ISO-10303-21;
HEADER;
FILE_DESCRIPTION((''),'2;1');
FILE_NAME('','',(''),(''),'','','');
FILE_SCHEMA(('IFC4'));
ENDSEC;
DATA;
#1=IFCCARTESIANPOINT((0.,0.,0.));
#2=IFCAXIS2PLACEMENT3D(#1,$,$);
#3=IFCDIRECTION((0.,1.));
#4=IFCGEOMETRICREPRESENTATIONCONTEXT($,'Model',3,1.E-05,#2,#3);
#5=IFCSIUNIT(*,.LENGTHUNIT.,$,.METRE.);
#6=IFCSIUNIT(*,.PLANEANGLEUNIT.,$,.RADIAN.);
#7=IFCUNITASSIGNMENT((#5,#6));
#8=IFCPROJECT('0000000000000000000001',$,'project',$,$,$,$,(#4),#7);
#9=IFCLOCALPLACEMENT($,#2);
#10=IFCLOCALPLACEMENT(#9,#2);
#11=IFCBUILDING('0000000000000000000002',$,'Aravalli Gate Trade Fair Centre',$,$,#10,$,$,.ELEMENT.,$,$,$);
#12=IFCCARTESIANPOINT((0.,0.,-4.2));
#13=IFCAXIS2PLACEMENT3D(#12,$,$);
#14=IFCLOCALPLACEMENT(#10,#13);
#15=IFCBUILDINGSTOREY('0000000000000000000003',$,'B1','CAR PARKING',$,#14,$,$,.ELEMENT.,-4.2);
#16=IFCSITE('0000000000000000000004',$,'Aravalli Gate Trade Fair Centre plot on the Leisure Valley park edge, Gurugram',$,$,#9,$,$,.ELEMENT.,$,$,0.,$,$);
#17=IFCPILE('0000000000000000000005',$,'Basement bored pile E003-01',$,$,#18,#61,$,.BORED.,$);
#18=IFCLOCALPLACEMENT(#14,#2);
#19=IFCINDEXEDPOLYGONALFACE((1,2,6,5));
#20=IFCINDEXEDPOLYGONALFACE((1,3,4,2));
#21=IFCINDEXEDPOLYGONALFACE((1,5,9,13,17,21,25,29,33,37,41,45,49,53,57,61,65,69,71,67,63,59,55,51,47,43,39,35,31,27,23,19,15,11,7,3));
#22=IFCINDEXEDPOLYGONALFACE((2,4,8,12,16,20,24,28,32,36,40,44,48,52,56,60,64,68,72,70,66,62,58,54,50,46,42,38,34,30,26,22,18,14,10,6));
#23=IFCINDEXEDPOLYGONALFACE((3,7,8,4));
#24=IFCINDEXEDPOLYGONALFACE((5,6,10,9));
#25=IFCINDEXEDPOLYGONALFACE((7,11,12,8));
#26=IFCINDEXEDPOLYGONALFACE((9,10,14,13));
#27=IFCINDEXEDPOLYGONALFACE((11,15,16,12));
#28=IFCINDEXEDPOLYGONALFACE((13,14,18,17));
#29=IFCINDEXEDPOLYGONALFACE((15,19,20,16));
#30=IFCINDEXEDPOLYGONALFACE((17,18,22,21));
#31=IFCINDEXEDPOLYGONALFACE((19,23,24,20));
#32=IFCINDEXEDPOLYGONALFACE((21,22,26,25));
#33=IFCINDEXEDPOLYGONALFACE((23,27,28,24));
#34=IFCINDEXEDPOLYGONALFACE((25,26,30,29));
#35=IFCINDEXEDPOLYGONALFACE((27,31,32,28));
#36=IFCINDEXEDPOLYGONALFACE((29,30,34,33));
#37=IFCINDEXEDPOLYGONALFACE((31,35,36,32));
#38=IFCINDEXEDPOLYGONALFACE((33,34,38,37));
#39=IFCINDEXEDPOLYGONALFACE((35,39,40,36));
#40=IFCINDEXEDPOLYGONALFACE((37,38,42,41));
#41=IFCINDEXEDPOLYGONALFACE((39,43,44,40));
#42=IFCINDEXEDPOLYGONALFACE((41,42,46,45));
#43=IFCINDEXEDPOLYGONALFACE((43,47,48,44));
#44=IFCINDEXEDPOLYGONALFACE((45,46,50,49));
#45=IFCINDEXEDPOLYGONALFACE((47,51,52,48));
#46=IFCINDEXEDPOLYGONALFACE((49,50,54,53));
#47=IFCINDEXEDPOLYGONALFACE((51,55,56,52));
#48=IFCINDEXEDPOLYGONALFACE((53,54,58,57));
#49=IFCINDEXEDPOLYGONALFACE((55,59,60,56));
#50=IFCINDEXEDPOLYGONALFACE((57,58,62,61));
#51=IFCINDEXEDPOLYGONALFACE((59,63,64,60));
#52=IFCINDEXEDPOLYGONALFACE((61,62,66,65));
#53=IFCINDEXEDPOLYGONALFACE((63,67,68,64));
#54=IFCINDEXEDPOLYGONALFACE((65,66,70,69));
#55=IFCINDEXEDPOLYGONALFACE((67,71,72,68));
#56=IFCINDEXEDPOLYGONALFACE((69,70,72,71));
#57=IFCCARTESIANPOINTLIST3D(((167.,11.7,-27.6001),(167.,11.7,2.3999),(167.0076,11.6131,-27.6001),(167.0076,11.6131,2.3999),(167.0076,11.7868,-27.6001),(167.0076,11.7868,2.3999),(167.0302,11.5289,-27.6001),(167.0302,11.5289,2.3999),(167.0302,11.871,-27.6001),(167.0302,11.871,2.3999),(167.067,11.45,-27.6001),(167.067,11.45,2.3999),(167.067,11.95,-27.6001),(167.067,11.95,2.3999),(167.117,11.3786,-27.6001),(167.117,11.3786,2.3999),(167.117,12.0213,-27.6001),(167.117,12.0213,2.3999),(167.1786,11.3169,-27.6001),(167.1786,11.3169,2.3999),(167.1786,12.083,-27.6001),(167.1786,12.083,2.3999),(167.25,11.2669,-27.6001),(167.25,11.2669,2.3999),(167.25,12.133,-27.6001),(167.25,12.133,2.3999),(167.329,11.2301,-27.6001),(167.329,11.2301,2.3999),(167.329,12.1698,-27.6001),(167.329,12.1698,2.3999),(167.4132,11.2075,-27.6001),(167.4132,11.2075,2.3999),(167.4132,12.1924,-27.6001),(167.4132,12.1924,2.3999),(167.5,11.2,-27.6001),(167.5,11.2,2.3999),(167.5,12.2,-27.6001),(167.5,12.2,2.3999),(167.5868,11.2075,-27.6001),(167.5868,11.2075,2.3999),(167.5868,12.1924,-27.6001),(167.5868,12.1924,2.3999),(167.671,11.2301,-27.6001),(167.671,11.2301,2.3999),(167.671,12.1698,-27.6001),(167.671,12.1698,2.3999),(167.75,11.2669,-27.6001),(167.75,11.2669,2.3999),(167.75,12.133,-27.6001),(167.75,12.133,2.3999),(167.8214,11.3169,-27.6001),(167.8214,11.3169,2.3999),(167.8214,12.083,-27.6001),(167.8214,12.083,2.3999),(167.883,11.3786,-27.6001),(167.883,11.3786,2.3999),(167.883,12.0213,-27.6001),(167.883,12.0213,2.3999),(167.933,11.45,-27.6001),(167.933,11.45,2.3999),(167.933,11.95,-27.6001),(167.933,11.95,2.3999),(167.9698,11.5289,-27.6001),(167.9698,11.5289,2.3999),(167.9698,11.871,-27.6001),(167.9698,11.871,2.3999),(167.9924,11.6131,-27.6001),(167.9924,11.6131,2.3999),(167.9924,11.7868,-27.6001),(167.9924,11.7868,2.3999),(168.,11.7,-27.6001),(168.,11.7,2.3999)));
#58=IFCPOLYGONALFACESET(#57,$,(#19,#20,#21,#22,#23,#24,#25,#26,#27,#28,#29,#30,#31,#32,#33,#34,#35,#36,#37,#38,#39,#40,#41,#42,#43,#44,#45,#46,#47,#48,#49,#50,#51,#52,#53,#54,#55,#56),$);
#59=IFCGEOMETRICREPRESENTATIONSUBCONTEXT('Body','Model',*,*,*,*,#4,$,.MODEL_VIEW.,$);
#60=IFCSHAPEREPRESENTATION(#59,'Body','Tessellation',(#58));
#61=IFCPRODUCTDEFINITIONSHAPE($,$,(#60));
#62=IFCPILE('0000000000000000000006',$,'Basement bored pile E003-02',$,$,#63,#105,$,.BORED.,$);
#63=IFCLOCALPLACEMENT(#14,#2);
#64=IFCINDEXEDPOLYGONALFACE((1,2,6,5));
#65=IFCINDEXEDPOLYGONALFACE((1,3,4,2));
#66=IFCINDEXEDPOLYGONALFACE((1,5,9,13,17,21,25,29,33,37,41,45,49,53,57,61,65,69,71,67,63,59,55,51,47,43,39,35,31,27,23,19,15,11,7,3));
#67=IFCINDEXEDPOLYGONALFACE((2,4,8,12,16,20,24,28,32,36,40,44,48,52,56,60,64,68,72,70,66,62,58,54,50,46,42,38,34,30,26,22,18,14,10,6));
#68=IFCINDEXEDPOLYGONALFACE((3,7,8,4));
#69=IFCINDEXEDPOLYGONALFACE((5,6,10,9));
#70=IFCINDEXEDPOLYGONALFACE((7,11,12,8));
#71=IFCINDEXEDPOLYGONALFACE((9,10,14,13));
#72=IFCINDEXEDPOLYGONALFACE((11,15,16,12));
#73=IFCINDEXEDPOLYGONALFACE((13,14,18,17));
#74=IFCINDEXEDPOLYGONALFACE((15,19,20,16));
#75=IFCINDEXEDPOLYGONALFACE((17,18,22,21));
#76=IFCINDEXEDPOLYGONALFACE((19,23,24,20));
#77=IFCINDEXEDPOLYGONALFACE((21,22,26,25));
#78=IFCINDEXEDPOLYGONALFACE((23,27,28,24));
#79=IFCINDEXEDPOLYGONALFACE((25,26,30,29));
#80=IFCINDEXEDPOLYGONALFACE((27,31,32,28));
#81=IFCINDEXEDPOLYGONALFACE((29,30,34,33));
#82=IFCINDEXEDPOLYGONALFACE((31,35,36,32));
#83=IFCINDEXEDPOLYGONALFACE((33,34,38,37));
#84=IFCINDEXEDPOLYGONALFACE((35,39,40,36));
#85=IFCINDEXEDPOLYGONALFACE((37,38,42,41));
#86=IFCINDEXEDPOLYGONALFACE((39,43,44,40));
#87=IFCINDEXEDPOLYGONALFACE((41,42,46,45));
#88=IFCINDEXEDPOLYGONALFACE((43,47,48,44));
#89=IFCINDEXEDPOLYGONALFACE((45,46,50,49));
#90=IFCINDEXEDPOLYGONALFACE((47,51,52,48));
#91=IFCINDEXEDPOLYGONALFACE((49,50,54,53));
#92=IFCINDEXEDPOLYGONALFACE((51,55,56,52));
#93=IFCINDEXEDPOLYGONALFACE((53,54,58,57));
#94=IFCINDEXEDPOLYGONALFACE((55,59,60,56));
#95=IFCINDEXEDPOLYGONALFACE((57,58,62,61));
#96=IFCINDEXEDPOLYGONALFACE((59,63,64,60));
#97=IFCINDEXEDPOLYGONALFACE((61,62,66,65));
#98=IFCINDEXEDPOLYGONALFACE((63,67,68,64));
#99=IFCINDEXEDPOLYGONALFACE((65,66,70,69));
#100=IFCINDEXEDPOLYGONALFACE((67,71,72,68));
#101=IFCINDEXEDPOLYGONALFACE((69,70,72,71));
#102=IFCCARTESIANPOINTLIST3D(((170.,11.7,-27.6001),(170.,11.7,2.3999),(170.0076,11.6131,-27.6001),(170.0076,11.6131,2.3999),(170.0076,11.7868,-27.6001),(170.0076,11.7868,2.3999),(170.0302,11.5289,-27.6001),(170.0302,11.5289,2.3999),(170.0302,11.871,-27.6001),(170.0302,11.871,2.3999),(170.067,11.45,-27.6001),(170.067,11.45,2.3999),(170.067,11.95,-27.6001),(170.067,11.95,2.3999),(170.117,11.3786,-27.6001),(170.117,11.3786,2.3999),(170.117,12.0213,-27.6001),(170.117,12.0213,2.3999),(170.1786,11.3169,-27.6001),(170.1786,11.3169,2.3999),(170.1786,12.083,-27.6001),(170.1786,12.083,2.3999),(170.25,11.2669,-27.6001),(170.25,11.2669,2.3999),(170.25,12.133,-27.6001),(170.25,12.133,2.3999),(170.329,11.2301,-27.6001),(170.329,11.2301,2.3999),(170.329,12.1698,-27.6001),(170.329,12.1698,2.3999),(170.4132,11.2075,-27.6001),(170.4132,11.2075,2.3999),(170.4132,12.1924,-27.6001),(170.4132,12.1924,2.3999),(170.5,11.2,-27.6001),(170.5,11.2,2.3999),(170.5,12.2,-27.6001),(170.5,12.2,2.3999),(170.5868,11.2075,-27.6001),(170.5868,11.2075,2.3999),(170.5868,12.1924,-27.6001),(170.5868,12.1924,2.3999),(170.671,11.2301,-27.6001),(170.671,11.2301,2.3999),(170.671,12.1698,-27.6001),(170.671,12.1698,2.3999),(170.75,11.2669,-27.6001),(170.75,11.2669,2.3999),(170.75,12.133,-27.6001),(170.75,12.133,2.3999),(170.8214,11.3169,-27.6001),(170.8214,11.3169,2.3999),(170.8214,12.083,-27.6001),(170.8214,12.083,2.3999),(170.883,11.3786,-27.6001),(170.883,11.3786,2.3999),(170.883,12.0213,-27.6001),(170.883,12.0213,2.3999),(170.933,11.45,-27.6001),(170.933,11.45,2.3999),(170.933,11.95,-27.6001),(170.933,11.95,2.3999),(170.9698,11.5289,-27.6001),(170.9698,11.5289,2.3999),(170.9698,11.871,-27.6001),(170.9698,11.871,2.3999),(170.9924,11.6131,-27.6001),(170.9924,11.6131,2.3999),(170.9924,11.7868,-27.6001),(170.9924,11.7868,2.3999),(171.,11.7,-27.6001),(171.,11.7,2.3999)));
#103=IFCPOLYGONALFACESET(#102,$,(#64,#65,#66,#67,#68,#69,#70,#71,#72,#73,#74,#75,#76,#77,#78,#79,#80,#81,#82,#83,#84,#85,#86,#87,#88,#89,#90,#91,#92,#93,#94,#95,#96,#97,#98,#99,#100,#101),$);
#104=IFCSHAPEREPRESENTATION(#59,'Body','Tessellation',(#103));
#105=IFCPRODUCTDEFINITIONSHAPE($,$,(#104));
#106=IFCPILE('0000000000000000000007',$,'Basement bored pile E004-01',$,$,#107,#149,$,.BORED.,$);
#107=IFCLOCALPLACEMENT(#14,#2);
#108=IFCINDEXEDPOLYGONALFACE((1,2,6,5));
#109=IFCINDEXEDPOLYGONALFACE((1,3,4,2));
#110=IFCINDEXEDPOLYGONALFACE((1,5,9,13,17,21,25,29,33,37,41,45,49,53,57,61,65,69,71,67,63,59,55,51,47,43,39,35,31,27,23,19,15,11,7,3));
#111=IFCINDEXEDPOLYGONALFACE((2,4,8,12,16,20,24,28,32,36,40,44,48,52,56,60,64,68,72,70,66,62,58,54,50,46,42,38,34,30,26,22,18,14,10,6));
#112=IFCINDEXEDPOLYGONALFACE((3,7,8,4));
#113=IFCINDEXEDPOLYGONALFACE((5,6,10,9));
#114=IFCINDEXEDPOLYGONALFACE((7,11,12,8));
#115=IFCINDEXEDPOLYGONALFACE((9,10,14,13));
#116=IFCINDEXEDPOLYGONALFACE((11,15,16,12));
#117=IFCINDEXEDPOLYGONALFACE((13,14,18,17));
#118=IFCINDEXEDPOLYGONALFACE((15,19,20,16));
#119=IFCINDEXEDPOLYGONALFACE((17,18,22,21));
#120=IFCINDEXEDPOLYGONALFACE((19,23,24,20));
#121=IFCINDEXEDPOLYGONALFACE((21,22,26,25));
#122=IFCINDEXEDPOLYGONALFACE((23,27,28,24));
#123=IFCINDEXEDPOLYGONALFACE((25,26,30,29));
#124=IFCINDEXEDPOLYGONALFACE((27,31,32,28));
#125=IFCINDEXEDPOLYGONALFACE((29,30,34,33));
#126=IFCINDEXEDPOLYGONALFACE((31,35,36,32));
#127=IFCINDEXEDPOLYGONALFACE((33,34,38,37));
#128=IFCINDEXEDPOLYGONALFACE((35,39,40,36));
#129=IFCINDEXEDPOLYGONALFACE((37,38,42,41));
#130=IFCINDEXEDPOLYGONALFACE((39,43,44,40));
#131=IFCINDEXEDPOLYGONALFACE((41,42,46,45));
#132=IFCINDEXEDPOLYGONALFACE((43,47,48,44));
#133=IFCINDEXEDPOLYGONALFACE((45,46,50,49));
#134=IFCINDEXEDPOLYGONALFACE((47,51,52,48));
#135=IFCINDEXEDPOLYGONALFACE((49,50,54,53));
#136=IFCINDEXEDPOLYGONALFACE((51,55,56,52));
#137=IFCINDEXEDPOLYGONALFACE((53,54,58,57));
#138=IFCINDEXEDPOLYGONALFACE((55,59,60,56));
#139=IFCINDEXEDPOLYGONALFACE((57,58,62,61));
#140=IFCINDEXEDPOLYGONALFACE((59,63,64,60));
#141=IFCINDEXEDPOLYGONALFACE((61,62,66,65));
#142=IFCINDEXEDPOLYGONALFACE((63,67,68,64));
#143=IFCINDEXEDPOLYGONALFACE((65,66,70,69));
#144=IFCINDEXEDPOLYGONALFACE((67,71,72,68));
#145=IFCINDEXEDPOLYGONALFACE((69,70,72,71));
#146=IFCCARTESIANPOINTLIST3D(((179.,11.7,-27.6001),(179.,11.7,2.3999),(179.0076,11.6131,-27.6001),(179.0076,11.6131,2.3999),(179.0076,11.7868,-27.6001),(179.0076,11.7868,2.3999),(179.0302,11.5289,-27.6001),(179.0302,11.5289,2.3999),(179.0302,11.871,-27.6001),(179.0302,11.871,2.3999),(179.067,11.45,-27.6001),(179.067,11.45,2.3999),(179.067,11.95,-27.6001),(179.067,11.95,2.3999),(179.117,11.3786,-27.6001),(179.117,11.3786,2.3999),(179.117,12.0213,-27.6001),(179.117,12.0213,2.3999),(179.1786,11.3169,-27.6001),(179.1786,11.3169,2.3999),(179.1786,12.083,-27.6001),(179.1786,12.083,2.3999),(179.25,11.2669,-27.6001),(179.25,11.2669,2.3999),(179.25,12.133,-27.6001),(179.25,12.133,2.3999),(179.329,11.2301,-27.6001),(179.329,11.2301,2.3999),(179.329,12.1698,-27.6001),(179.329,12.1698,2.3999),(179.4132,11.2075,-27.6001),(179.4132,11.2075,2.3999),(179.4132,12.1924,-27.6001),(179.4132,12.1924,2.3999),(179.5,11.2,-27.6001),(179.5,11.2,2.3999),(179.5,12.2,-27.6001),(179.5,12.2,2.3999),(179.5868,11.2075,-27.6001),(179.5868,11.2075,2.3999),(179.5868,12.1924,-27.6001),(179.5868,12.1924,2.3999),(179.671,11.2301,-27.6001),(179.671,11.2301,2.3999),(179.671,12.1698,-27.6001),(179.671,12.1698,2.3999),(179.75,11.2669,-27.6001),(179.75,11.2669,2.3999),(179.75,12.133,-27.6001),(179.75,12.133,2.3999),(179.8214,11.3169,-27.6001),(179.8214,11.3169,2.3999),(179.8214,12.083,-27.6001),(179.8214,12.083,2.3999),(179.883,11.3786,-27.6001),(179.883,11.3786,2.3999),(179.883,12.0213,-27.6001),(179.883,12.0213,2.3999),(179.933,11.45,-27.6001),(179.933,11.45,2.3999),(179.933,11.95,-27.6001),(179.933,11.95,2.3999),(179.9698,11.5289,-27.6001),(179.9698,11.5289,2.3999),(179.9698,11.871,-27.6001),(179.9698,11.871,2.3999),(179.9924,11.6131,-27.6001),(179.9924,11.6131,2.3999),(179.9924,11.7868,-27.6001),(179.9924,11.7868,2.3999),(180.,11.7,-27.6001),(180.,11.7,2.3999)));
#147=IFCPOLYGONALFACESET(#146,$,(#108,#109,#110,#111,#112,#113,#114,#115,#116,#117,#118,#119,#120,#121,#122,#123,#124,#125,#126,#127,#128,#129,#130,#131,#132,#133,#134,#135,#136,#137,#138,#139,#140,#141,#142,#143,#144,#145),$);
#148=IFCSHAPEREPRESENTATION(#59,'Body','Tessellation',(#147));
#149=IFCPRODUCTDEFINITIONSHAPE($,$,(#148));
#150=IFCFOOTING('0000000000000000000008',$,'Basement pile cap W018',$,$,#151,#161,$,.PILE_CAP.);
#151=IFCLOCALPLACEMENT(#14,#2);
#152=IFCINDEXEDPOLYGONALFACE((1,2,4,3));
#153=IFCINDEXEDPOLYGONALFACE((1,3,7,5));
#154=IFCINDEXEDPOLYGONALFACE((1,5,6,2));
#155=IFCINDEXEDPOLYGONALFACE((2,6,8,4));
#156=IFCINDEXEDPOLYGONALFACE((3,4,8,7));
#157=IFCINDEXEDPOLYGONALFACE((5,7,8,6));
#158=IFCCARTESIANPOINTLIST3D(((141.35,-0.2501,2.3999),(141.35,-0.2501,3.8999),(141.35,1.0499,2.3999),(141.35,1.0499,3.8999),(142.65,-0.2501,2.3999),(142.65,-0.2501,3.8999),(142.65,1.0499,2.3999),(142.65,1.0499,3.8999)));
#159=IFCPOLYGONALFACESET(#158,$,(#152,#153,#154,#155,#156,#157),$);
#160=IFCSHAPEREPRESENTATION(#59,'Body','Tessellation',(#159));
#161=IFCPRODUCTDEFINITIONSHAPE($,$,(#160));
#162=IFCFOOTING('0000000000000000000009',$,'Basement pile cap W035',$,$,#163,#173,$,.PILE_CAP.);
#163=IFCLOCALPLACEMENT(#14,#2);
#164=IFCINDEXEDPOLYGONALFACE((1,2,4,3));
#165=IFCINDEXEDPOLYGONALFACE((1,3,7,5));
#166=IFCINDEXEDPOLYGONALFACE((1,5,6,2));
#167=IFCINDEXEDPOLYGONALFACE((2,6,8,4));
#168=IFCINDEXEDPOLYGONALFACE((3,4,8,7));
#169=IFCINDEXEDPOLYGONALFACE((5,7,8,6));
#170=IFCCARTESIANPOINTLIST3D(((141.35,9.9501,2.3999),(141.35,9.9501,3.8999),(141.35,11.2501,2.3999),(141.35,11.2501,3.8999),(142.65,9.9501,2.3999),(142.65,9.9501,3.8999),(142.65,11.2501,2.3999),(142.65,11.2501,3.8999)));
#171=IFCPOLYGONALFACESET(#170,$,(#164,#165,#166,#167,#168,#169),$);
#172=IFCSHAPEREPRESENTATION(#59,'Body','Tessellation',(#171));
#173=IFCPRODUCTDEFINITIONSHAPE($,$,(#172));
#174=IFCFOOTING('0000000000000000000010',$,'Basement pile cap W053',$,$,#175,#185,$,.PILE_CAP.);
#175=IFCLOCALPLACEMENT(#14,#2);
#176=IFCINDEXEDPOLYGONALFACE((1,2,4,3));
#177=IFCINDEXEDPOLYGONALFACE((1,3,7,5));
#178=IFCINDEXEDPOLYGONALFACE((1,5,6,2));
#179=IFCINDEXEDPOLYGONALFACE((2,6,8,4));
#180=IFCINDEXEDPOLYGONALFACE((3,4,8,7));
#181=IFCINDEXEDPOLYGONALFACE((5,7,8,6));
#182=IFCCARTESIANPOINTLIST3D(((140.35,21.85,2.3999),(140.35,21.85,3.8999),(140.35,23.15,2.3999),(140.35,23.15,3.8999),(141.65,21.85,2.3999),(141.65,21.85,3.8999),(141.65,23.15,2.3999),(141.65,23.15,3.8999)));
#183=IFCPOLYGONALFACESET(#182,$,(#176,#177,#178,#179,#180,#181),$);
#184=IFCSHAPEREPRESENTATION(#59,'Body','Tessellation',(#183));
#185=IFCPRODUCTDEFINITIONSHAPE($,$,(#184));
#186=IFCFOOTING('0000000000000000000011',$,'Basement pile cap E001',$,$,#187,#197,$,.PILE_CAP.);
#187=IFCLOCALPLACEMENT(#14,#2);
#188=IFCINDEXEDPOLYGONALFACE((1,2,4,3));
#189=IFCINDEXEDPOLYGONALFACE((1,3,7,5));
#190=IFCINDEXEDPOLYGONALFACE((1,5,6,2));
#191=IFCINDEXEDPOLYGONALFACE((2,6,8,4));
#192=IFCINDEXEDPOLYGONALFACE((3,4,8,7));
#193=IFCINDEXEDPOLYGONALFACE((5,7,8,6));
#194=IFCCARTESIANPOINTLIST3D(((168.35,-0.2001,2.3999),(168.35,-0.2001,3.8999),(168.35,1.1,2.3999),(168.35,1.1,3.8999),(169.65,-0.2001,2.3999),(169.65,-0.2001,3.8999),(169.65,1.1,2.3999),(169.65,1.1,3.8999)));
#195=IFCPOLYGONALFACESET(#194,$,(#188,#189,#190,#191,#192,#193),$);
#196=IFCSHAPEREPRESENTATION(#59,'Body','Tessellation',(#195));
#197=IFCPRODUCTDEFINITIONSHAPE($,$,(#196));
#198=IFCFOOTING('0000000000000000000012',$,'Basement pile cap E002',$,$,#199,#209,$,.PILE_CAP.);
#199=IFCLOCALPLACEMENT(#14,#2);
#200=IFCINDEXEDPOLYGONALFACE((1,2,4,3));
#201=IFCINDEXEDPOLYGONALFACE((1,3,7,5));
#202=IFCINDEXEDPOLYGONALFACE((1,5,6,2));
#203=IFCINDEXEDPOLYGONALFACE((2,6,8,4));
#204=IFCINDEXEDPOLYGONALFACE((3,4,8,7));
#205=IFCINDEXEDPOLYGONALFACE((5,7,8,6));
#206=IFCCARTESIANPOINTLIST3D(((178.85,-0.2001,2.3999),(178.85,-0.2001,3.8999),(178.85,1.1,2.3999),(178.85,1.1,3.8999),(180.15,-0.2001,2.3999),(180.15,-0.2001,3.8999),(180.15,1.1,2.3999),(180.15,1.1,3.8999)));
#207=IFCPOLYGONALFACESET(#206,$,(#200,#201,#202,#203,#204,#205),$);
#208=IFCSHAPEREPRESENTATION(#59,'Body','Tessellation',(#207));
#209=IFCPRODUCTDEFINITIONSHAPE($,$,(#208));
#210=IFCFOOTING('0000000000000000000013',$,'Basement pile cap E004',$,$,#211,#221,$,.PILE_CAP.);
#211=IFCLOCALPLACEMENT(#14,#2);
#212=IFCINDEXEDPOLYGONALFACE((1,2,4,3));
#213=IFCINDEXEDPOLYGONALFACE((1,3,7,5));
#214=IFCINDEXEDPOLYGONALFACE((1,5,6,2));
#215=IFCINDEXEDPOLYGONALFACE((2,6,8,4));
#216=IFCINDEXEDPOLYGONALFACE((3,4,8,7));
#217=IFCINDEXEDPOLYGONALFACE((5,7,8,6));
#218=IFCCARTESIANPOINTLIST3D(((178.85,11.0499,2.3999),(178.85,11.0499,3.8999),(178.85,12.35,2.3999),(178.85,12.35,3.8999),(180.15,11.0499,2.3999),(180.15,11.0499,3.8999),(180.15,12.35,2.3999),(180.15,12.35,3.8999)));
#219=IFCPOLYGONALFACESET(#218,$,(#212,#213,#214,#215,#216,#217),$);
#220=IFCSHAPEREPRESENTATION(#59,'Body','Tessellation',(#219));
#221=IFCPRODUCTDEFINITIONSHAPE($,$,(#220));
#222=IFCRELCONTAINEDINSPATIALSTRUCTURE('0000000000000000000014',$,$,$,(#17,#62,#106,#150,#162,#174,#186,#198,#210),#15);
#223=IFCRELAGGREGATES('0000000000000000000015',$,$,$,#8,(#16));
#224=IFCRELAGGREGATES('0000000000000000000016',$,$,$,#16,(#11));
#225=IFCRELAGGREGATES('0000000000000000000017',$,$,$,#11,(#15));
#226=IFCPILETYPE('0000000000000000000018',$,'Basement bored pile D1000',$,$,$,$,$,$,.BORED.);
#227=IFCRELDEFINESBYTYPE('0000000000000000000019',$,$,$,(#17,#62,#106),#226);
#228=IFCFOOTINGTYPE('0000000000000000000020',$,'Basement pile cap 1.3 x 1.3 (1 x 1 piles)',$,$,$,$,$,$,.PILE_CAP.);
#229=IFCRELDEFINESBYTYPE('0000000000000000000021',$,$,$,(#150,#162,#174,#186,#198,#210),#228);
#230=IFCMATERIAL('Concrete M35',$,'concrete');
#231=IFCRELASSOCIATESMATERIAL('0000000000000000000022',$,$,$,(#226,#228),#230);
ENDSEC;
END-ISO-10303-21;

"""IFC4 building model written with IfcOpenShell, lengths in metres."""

from ifc_helpers import new_model, si_unit, direction, frame, origin, origin_2d, place, context, subcontext, project, spatial, rectangle, circle, extrude, material, material_profile, profile_set, type_object, element, save


model = new_model("IFC4")

# Units and contexts
model_context = context("Model", 3, precision=1e-05, world=origin(), true_north=direction((0.0, 1.0)))
body_context = subcontext(model_context, "Body", "Model", "MODEL_VIEW")
ifc_project = project(units=[si_unit("LENGTHUNIT", "METRE"), si_unit("PLANEANGLEUNIT", "RADIAN")], contexts=[model_context])

# Site, building, storey
site_placement = place(None, origin())
site = spatial("IfcSite", under=ifc_project, at=site_placement, Name="Aravalli Gate Trade Fair Centre plot on the Leisure Valley park edge, Gurugram", CompositionType="ELEMENT", RefElevation=0.0)
building_placement = place(site_placement, origin())
building = spatial("IfcBuilding", under=site, at=building_placement, Name="Aravalli Gate Trade Fair Centre", CompositionType="ELEMENT")
storey_placement = place(building_placement, frame((0.0, 0.0, -4.2)))
storey = spatial("IfcBuildingStorey", under=building, at=storey_placement, Name="B1", Description="CAR PARKING", CompositionType="ELEMENT", Elevation=-4.2)

# Piles
ifc_material = material(Name="Concrete M35", Category="concrete")
ifc_material_profile = material_profile(ifc_material, circle(Radius=0.5, at=origin_2d()), Name="D1000")
ifc_profile_set = profile_set([ifc_material_profile], Name="Concrete M35")
pile_type = type_object("IfcPileType", Name="Basement bored pile D1000", PredefinedType="BORED", material=ifc_profile_set)
for number, where, z_axis, x_axis, name in (
    (1, (167.5, 11.7, 2.3999), (0.0, 0.0, -1.0), (1.0, 0.0, 0.0), "Basement bored pile E003-01"),
    (2, (170.5, 11.7, 2.3999), (0.0, 0.0, -1.0), (1.0, 0.0, 0.0), "Basement bored pile E003-02"),
    (3, (179.5, 11.7, 2.3999), (0.0, 0.0, -1.0), (1.0, 0.0, 0.0), "Basement bored pile E004-01"),
):
    element("IfcPile", number, at=place(storey_placement, frame(where, z_axis=z_axis, x_axis=x_axis)), inside=storey, type_object=pile_type, Name=name, PredefinedType="BORED", context=body_context, shape_type="SweptSolid", body=[
        extrude(circle(Radius=0.5, at=origin_2d()), origin(), (0.0, 0.0, 1.0), 30.0),
    ])

# Footings
footing_type_1 = type_object("IfcFootingType", Name="Basement pile cap 1.3 x 1.3 (1 x 1 piles)", PredefinedType="PILE_CAP", material=ifc_material)
for number, where, z_axis, x_axis, name in (
    (4, (142.0, 0.3999, 2.3999), (0.0, 0.0, 1.0), (1.0, 0.0, 0.0), "Basement pile cap W018"),
    (5, (142.0, 10.6001, 2.3999), (0.0, 0.0, 1.0), (1.0, 0.0, 0.0), "Basement pile cap W035"),
    (6, (141.0, 22.5, 2.3999), (0.0, 0.0, 1.0), (1.0, 0.0, 0.0), "Basement pile cap W053"),
    (7, (169.0, 0.45, 2.3999), (0.0, 0.0, 1.0), (1.0, 0.0, 0.0), "Basement pile cap E001"),
    (8, (179.5, 0.45, 2.3999), (0.0, 0.0, 1.0), (1.0, 0.0, 0.0), "Basement pile cap E002"),
    (9, (179.5, 11.7, 2.3999), (0.0, 0.0, 1.0), (1.0, 0.0, 0.0), "Basement pile cap E004"),
):
    element("IfcFooting", number, at=place(storey_placement, frame(where, z_axis=z_axis, x_axis=x_axis)), inside=storey, type_object=footing_type_1, Name=name, PredefinedType="PILE_CAP", context=body_context, shape_type="SweptSolid", body=[
        extrude(rectangle(XDim=1.3, YDim=1.3, at=origin_2d()), origin(), (0.0, 0.0, 1.0), 1.5),
    ])

save(model, "model.ifc")
